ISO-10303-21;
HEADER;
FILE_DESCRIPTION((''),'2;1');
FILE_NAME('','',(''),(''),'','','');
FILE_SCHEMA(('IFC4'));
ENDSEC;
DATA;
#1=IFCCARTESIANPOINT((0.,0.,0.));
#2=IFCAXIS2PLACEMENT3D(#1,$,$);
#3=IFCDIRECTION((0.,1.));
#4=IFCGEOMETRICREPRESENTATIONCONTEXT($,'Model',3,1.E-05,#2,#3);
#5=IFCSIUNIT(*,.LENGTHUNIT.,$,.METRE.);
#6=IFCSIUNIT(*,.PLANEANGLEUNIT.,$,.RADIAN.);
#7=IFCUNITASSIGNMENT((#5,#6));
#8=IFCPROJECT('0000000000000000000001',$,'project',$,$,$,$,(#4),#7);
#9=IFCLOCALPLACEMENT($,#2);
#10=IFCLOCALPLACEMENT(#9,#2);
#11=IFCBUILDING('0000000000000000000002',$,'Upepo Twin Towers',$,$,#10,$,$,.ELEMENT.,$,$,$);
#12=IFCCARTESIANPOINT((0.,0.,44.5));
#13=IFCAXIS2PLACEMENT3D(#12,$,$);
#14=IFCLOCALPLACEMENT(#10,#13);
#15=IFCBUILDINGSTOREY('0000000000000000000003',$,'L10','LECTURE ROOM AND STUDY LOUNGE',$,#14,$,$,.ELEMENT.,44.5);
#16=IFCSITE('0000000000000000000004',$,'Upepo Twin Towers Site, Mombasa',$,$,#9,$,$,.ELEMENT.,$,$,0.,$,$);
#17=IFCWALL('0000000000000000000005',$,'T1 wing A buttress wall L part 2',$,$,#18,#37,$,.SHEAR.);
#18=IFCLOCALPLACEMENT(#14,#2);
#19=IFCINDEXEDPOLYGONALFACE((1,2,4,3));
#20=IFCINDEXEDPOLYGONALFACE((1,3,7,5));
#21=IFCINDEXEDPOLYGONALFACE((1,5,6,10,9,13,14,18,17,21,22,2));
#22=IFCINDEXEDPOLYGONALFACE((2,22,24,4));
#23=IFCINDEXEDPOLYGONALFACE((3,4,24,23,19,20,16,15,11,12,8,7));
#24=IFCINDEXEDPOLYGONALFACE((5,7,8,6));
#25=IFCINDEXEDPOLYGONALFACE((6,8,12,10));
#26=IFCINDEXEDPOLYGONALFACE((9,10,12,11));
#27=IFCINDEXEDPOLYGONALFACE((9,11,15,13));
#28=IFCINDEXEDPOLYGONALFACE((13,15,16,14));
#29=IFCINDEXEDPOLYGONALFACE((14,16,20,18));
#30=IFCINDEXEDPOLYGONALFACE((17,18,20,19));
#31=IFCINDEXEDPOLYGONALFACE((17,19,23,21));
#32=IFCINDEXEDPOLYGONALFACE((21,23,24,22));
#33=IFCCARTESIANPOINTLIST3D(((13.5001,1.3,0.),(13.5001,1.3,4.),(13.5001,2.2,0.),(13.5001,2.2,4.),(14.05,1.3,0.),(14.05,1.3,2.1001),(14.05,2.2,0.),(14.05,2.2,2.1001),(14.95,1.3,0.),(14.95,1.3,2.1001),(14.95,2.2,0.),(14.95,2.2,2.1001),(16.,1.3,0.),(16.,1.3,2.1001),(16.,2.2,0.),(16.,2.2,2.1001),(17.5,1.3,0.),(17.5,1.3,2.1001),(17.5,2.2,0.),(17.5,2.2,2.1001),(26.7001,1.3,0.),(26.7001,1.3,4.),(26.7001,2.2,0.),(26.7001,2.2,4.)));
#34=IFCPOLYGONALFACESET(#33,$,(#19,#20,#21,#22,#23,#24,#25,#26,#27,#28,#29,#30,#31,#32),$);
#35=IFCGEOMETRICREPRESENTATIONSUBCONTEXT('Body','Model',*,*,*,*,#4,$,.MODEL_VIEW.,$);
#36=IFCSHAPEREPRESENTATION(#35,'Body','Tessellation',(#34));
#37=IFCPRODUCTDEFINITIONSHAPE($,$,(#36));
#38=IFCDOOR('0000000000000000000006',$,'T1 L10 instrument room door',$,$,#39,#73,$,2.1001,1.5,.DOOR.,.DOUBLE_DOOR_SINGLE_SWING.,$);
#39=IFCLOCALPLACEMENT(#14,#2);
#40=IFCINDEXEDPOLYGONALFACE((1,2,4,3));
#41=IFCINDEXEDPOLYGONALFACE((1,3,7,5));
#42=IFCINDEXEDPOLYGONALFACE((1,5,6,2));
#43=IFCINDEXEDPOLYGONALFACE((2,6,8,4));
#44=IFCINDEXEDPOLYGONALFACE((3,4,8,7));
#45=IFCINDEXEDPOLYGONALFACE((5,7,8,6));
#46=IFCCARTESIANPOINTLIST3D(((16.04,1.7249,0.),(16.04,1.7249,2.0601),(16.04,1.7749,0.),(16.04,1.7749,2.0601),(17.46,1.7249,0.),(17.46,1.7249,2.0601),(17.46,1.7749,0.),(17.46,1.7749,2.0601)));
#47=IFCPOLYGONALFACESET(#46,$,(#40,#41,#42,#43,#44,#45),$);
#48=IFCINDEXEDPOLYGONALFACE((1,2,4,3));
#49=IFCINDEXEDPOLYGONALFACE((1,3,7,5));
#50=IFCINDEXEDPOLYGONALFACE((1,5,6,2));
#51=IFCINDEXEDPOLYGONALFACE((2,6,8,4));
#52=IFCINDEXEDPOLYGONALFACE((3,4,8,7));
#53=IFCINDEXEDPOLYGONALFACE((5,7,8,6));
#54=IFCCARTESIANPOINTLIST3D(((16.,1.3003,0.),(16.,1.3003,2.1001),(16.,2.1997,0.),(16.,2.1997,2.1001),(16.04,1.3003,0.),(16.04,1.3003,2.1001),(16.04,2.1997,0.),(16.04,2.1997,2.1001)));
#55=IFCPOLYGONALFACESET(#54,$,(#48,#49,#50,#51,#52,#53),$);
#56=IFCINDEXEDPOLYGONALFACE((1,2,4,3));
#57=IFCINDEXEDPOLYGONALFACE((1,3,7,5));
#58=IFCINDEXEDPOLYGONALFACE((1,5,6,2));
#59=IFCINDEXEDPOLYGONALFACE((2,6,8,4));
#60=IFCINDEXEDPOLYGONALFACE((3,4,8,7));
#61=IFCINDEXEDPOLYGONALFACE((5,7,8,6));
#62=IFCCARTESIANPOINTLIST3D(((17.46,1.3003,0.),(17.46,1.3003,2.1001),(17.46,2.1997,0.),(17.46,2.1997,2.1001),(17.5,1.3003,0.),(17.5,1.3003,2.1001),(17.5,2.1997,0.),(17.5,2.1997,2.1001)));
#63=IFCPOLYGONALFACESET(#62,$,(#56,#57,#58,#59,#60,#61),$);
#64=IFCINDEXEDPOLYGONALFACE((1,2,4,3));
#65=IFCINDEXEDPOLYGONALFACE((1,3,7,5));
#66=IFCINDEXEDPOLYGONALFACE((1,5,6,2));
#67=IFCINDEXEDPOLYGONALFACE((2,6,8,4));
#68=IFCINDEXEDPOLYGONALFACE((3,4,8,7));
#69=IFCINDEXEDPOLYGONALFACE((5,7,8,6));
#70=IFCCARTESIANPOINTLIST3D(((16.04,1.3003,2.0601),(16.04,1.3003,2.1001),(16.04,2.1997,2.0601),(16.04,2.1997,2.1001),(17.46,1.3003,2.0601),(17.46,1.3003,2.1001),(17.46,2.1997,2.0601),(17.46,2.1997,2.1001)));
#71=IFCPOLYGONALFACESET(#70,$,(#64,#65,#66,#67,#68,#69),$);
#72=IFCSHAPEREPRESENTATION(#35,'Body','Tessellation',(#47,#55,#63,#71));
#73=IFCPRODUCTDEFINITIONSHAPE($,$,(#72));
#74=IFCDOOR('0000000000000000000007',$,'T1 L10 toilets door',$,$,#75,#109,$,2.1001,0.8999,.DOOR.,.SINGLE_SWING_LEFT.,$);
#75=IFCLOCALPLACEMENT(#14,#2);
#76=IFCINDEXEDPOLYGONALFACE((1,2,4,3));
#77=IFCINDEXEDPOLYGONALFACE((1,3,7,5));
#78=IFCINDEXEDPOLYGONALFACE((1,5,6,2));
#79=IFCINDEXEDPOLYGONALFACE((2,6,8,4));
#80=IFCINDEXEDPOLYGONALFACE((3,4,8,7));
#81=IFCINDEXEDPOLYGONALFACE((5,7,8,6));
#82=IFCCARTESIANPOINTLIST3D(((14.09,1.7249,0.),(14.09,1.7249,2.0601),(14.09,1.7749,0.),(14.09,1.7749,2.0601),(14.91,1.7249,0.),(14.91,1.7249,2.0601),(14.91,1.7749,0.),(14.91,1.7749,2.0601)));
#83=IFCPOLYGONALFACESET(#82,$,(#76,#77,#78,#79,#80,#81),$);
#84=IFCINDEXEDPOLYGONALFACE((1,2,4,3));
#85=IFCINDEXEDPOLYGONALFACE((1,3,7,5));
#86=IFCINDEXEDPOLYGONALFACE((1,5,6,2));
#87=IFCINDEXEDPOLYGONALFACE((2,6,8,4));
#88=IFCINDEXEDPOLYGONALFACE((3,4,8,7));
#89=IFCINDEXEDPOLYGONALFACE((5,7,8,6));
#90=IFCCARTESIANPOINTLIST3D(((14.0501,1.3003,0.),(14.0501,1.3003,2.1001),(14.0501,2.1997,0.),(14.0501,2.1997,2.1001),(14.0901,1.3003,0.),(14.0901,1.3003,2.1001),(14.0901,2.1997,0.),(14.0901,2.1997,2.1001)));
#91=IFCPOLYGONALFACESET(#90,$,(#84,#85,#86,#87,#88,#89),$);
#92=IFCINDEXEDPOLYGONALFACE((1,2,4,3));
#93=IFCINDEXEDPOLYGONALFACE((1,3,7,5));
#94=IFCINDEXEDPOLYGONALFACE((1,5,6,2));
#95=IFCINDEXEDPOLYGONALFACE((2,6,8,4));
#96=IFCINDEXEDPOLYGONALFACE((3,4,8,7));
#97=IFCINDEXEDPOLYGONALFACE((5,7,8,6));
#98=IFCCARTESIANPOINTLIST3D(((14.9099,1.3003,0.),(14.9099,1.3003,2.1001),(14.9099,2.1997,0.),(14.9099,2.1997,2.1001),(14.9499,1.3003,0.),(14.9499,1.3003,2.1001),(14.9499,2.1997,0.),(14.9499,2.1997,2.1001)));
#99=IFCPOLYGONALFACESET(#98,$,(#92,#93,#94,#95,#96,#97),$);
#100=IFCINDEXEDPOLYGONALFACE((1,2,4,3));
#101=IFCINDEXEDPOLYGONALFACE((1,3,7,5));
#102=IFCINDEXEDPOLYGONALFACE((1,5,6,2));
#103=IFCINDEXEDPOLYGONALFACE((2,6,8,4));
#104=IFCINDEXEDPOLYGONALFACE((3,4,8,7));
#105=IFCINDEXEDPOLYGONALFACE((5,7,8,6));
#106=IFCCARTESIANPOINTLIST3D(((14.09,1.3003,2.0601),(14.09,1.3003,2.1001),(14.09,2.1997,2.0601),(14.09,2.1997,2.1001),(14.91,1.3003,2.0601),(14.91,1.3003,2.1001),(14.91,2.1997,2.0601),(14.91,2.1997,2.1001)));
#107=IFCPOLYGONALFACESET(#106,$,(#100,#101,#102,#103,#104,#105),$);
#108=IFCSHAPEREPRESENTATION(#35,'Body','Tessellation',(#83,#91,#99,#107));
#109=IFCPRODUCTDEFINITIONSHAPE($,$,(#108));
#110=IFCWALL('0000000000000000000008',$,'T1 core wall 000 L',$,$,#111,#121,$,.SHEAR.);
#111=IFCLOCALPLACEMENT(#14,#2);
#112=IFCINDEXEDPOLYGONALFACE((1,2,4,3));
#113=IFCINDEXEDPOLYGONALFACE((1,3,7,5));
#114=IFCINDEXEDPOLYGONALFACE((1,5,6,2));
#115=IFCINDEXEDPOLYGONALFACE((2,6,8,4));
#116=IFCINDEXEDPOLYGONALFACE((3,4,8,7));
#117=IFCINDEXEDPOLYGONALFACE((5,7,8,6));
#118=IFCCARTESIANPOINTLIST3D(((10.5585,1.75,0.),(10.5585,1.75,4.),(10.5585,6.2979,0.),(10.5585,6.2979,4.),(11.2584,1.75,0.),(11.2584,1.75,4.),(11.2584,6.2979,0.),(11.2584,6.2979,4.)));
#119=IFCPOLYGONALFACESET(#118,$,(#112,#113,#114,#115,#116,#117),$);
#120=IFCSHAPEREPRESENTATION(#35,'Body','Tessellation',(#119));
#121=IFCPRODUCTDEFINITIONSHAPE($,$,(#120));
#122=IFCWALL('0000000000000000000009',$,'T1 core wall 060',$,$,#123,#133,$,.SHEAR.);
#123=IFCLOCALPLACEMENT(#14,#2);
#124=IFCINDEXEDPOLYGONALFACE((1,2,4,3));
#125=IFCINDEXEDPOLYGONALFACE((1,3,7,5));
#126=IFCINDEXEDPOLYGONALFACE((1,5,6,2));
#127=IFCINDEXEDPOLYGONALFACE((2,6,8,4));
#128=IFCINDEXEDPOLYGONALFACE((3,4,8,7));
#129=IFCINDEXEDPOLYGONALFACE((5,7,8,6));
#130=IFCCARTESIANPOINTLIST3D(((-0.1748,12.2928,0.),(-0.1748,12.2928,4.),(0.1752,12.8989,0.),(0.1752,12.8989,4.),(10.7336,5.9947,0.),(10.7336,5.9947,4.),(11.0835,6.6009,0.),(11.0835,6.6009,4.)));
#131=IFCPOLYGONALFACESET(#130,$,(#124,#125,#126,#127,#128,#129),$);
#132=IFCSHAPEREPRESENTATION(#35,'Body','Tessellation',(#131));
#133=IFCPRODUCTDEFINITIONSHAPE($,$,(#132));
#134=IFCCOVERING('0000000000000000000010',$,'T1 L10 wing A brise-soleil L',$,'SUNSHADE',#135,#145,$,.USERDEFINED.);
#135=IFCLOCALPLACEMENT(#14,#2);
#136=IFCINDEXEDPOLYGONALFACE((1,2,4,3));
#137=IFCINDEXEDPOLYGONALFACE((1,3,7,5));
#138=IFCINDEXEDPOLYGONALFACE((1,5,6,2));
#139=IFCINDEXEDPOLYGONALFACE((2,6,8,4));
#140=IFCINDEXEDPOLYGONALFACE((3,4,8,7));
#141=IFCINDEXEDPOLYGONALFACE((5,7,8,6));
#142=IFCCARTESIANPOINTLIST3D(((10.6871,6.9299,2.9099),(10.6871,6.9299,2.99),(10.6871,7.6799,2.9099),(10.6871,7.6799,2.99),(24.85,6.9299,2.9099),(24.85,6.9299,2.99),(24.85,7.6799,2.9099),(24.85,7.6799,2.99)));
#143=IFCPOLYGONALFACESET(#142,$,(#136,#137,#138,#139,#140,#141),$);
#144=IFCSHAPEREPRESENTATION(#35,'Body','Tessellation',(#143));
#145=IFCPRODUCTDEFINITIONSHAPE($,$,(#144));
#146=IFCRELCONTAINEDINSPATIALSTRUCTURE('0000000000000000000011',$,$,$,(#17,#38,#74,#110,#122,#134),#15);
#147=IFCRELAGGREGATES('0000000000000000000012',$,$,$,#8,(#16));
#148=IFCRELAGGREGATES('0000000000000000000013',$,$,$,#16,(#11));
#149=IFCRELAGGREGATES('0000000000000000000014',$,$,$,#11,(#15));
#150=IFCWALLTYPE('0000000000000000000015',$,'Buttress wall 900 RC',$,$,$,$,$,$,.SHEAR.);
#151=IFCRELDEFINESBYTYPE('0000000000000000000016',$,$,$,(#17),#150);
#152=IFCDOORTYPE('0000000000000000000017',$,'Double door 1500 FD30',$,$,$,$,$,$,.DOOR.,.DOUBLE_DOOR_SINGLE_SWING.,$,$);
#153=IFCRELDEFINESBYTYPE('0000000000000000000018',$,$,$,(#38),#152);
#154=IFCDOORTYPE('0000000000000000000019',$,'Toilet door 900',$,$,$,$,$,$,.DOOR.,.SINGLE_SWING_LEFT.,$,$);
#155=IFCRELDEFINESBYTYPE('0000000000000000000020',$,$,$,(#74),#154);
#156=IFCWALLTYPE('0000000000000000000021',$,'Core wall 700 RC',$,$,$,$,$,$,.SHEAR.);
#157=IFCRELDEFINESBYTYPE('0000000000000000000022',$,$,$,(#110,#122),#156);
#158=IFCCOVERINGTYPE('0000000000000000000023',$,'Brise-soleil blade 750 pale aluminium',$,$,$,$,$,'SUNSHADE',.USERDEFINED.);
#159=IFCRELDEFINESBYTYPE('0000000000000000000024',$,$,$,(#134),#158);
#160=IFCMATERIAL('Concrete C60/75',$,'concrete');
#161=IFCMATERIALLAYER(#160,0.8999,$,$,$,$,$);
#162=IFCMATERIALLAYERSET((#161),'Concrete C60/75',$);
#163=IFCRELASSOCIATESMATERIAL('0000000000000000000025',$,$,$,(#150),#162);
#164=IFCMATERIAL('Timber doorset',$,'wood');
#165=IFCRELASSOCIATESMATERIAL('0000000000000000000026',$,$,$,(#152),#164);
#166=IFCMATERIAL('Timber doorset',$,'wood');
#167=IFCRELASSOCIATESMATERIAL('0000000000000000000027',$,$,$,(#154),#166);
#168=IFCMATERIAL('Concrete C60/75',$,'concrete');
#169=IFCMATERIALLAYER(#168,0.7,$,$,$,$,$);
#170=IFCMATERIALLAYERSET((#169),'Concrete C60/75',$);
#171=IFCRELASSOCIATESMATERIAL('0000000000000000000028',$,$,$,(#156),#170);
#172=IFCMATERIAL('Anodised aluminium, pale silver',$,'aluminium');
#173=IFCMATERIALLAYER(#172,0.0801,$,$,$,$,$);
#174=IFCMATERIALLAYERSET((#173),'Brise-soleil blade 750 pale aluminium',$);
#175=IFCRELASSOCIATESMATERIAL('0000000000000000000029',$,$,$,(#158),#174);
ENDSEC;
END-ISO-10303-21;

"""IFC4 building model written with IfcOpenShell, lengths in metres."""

from ifc_helpers import new_model, si_unit, direction, frame, frame_2d, origin, origin_2d, place, context, subcontext, project, spatial, rectangle, extrude, material, layer, layer_set, type_object, element, fill, save


model = new_model("IFC4")

# Units and contexts
model_context = context("Model", 3, precision=1e-05, world=origin(), true_north=direction((0.0, 1.0)))
body_context = subcontext(model_context, "Body", "Model", "MODEL_VIEW")
ifc_project = project(units=[si_unit("LENGTHUNIT", "METRE"), si_unit("PLANEANGLEUNIT", "RADIAN")], contexts=[model_context])

# Site, building, storey
site_placement = place(None, origin())
site = spatial("IfcSite", under=ifc_project, at=site_placement, Name="Upepo Twin Towers Site, Mombasa", CompositionType="ELEMENT", RefElevation=0.0)
building_placement = place(site_placement, origin())
building = spatial("IfcBuilding", under=site, at=building_placement, Name="Upepo Twin Towers", CompositionType="ELEMENT")
storey_placement = place(building_placement, frame((0.0, 0.0, 44.5)))
storey = spatial("IfcBuildingStorey", under=building, at=storey_placement, Name="L10", Description="LECTURE ROOM AND STUDY LOUNGE", CompositionType="ELEMENT", Elevation=44.5)

# Wall, openings, doors
ifc_material_1 = material(Name="Concrete C60/75", Category="concrete")
ifc_layer_1 = layer(ifc_material_1, 0.8999)
ifc_layer_set_1 = layer_set([ifc_layer_1], Name="Concrete C60/75")
wall_type_1 = type_object("IfcWallType", Name="Buttress wall 900 RC", PredefinedType="SHEAR", material=ifc_layer_set_1)
wall_1_placement = place(storey_placement, frame((13.5, 1.75, 0.0), z_axis=(0.0, 0.0, 1.0), x_axis=(1.0, 0.0, 0.0)))
wall_1 = element("IfcWall", 1, at=wall_1_placement, inside=storey, type_object=wall_type_1, Name="T1 wing A buttress wall L part 2", PredefinedType="SHEAR", context=body_context, shape_type="SweptSolid", body=[
    extrude(rectangle(XDim=13.2, YDim=0.8999, at=frame_2d((6.6001, 0.0))), origin(), (0.0, 0.0, 1.0), 4.0),
])
opening_1_placement = place(wall_1_placement, frame((0.55, 0.0, 0.0)))
opening_1 = element("IfcOpeningElement", 2, at=opening_1_placement, cuts=wall_1, PredefinedType="OPENING", context=body_context, shape_type="SweptSolid", body=[
    extrude(rectangle(XDim=0.8999, YDim=2.1001, at=frame_2d((0.45, 1.05))), frame((0.0, 0.46, 0.0), z_axis=(0.0, -1.0, 0.0), x_axis=(1.0, 0.0, 0.0)), (0.0, 0.0, 1.0), 0.9199),
])
opening_2_placement = place(wall_1_placement, frame((2.5, 0.0, 0.0)))
opening_2 = element("IfcOpeningElement", 3, at=opening_2_placement, cuts=wall_1, PredefinedType="OPENING", context=body_context, shape_type="SweptSolid", body=[
    extrude(rectangle(XDim=1.5, YDim=2.1001, at=frame_2d((0.75, 1.05))), frame((0.0, 0.46, 0.0), z_axis=(0.0, -1.0, 0.0), x_axis=(1.0, 0.0, 0.0)), (0.0, 0.0, 1.0), 0.9199),
])
ifc_material_2 = material(Name="Timber doorset", Category="wood")
door_type_1 = type_object("IfcDoorType", Name="Double door 1500 FD30", OperationType="DOUBLE_DOOR_SINGLE_SWING", PredefinedType="DOOR", material=ifc_material_2)
door_1_placement = place(opening_2_placement, origin())
door_1 = element("IfcDoor", 4, at=door_1_placement, inside=storey, type_object=door_type_1, Name="T1 L10 instrument room door", OperationType="DOUBLE_DOOR_SINGLE_SWING", OverallHeight=2.1001, OverallWidth=1.5, PredefinedType="DOOR", context=body_context, shape_type="SweptSolid", body=[
    extrude(rectangle(XDim=1.42, YDim=2.0601, at=frame_2d((0.75, 1.03))), frame((0.0, 0.0249, 0.0), z_axis=(0.0, -1.0, 0.0), x_axis=(1.0, 0.0, 0.0)), (0.0, 0.0, 1.0), 0.05),
    extrude(rectangle(XDim=0.04, YDim=2.1001, at=frame_2d((0.02, 1.05))), frame((0.0, 0.4497, 0.0), z_axis=(0.0, -1.0, 0.0), x_axis=(1.0, 0.0, 0.0)), (0.0, 0.0, 1.0), 0.8994),
    extrude(rectangle(XDim=0.04, YDim=2.1001, at=frame_2d((1.48, 1.05))), frame((0.0, 0.4497, 0.0), z_axis=(0.0, -1.0, 0.0), x_axis=(1.0, 0.0, 0.0)), (0.0, 0.0, 1.0), 0.8994),
    extrude(rectangle(XDim=1.42, YDim=0.04, at=frame_2d((0.75, 2.0801))), frame((0.0, 0.4497, 0.0), z_axis=(0.0, -1.0, 0.0), x_axis=(1.0, 0.0, 0.0)), (0.0, 0.0, 1.0), 0.8994),
])
fill(opening_2, door_1)
ifc_material_3 = material(Name="Timber doorset", Category="wood")
door_type_2 = type_object("IfcDoorType", Name="Toilet door 900", OperationType="SINGLE_SWING_LEFT", PredefinedType="DOOR", material=ifc_material_3)
door_2_placement = place(opening_1_placement, origin())
door_2 = element("IfcDoor", 5, at=door_2_placement, inside=storey, type_object=door_type_2, Name="T1 L10 toilets door", OperationType="SINGLE_SWING_LEFT", OverallHeight=2.1001, OverallWidth=0.8999, PredefinedType="DOOR", context=body_context, shape_type="SweptSolid", body=[
    extrude(rectangle(XDim=0.8199, YDim=2.0601, at=frame_2d((0.45, 1.03))), frame((0.0, 0.0249, 0.0), z_axis=(0.0, -1.0, 0.0), x_axis=(1.0, 0.0, 0.0)), (0.0, 0.0, 1.0), 0.05),
    extrude(rectangle(XDim=0.04, YDim=2.1001, at=frame_2d((0.02, 1.05))), frame((0.0, 0.4497, 0.0), z_axis=(0.0, -1.0, 0.0), x_axis=(1.0, 0.0, 0.0)), (0.0, 0.0, 1.0), 0.8994),
    extrude(rectangle(XDim=0.04, YDim=2.1001, at=frame_2d((0.8799, 1.05))), frame((0.0, 0.4497, 0.0), z_axis=(0.0, -1.0, 0.0), x_axis=(1.0, 0.0, 0.0)), (0.0, 0.0, 1.0), 0.8994),
    extrude(rectangle(XDim=0.8199, YDim=0.04, at=frame_2d((0.45, 2.0801))), frame((0.0, 0.4497, 0.0), z_axis=(0.0, -1.0, 0.0), x_axis=(1.0, 0.0, 0.0)), (0.0, 0.0, 1.0), 0.8994),
])
fill(opening_1, door_2)

# Walls
ifc_material_4 = material(Name="Concrete C60/75", Category="concrete")
ifc_layer_2 = layer(ifc_material_4, 0.7)
ifc_layer_set_2 = layer_set([ifc_layer_2], Name="Concrete C60/75")
wall_type_2 = type_object("IfcWallType", Name="Core wall 700 RC", PredefinedType="SHEAR", material=ifc_layer_set_2)
wall_2_placement = place(storey_placement, frame((10.9084, 1.75, 0.0), z_axis=(0.0, 0.0, 1.0), x_axis=(0.0, 1.0, 0.0)))
element("IfcWall", 6, at=wall_2_placement, inside=storey, type_object=wall_type_2, Name="T1 core wall 000 L", PredefinedType="SHEAR", context=body_context, shape_type="SweptSolid", body=[
    extrude(rectangle(XDim=4.5479, YDim=0.7, at=frame_2d((2.2739, 0.0))), origin(), (0.0, 0.0, 1.0), 4.0),
])
wall_3_placement = place(storey_placement, frame((10.9084, 6.2979, 0.0), z_axis=(0.0, 0.0, 1.0), x_axis=(-0.866022, 0.500006, 0.0)))
element("IfcWall", 7, at=wall_3_placement, inside=storey, type_object=wall_type_2, Name="T1 core wall 060", PredefinedType="SHEAR", context=body_context, shape_type="SweptSolid", body=[
    extrude(rectangle(XDim=12.5959, YDim=0.7, at=frame_2d((6.2979, 0.0))), origin(), (0.0, 0.0, 1.0), 4.0),
])

# Covering
ifc_material_5 = material(Name="Anodised aluminium, pale silver", Category="aluminium")
ifc_layer_3 = layer(ifc_material_5, 0.0801)
ifc_layer_set_3 = layer_set([ifc_layer_3], Name="Brise-soleil blade 750 pale aluminium")
covering_type = type_object("IfcCoveringType", Name="Brise-soleil blade 750 pale aluminium", ElementType="SUNSHADE", PredefinedType="USERDEFINED", material=ifc_layer_set_3)
covering_placement = place(storey_placement, frame((17.7686, 7.3049, 2.9099), z_axis=(0.0, 0.0, 1.0), x_axis=(1.0, 0.0, 0.0)))
element("IfcCovering", 8, at=covering_placement, inside=storey, type_object=covering_type, Name="T1 L10 wing A brise-soleil L", ObjectType="SUNSHADE", PredefinedType="USERDEFINED", context=body_context, shape_type="SweptSolid", body=[
    extrude(rectangle(XDim=14.1628, YDim=0.75, at=origin_2d()), origin(), (0.0, 0.0, 1.0), 0.0801),
])

save(model, "model.ifc")
